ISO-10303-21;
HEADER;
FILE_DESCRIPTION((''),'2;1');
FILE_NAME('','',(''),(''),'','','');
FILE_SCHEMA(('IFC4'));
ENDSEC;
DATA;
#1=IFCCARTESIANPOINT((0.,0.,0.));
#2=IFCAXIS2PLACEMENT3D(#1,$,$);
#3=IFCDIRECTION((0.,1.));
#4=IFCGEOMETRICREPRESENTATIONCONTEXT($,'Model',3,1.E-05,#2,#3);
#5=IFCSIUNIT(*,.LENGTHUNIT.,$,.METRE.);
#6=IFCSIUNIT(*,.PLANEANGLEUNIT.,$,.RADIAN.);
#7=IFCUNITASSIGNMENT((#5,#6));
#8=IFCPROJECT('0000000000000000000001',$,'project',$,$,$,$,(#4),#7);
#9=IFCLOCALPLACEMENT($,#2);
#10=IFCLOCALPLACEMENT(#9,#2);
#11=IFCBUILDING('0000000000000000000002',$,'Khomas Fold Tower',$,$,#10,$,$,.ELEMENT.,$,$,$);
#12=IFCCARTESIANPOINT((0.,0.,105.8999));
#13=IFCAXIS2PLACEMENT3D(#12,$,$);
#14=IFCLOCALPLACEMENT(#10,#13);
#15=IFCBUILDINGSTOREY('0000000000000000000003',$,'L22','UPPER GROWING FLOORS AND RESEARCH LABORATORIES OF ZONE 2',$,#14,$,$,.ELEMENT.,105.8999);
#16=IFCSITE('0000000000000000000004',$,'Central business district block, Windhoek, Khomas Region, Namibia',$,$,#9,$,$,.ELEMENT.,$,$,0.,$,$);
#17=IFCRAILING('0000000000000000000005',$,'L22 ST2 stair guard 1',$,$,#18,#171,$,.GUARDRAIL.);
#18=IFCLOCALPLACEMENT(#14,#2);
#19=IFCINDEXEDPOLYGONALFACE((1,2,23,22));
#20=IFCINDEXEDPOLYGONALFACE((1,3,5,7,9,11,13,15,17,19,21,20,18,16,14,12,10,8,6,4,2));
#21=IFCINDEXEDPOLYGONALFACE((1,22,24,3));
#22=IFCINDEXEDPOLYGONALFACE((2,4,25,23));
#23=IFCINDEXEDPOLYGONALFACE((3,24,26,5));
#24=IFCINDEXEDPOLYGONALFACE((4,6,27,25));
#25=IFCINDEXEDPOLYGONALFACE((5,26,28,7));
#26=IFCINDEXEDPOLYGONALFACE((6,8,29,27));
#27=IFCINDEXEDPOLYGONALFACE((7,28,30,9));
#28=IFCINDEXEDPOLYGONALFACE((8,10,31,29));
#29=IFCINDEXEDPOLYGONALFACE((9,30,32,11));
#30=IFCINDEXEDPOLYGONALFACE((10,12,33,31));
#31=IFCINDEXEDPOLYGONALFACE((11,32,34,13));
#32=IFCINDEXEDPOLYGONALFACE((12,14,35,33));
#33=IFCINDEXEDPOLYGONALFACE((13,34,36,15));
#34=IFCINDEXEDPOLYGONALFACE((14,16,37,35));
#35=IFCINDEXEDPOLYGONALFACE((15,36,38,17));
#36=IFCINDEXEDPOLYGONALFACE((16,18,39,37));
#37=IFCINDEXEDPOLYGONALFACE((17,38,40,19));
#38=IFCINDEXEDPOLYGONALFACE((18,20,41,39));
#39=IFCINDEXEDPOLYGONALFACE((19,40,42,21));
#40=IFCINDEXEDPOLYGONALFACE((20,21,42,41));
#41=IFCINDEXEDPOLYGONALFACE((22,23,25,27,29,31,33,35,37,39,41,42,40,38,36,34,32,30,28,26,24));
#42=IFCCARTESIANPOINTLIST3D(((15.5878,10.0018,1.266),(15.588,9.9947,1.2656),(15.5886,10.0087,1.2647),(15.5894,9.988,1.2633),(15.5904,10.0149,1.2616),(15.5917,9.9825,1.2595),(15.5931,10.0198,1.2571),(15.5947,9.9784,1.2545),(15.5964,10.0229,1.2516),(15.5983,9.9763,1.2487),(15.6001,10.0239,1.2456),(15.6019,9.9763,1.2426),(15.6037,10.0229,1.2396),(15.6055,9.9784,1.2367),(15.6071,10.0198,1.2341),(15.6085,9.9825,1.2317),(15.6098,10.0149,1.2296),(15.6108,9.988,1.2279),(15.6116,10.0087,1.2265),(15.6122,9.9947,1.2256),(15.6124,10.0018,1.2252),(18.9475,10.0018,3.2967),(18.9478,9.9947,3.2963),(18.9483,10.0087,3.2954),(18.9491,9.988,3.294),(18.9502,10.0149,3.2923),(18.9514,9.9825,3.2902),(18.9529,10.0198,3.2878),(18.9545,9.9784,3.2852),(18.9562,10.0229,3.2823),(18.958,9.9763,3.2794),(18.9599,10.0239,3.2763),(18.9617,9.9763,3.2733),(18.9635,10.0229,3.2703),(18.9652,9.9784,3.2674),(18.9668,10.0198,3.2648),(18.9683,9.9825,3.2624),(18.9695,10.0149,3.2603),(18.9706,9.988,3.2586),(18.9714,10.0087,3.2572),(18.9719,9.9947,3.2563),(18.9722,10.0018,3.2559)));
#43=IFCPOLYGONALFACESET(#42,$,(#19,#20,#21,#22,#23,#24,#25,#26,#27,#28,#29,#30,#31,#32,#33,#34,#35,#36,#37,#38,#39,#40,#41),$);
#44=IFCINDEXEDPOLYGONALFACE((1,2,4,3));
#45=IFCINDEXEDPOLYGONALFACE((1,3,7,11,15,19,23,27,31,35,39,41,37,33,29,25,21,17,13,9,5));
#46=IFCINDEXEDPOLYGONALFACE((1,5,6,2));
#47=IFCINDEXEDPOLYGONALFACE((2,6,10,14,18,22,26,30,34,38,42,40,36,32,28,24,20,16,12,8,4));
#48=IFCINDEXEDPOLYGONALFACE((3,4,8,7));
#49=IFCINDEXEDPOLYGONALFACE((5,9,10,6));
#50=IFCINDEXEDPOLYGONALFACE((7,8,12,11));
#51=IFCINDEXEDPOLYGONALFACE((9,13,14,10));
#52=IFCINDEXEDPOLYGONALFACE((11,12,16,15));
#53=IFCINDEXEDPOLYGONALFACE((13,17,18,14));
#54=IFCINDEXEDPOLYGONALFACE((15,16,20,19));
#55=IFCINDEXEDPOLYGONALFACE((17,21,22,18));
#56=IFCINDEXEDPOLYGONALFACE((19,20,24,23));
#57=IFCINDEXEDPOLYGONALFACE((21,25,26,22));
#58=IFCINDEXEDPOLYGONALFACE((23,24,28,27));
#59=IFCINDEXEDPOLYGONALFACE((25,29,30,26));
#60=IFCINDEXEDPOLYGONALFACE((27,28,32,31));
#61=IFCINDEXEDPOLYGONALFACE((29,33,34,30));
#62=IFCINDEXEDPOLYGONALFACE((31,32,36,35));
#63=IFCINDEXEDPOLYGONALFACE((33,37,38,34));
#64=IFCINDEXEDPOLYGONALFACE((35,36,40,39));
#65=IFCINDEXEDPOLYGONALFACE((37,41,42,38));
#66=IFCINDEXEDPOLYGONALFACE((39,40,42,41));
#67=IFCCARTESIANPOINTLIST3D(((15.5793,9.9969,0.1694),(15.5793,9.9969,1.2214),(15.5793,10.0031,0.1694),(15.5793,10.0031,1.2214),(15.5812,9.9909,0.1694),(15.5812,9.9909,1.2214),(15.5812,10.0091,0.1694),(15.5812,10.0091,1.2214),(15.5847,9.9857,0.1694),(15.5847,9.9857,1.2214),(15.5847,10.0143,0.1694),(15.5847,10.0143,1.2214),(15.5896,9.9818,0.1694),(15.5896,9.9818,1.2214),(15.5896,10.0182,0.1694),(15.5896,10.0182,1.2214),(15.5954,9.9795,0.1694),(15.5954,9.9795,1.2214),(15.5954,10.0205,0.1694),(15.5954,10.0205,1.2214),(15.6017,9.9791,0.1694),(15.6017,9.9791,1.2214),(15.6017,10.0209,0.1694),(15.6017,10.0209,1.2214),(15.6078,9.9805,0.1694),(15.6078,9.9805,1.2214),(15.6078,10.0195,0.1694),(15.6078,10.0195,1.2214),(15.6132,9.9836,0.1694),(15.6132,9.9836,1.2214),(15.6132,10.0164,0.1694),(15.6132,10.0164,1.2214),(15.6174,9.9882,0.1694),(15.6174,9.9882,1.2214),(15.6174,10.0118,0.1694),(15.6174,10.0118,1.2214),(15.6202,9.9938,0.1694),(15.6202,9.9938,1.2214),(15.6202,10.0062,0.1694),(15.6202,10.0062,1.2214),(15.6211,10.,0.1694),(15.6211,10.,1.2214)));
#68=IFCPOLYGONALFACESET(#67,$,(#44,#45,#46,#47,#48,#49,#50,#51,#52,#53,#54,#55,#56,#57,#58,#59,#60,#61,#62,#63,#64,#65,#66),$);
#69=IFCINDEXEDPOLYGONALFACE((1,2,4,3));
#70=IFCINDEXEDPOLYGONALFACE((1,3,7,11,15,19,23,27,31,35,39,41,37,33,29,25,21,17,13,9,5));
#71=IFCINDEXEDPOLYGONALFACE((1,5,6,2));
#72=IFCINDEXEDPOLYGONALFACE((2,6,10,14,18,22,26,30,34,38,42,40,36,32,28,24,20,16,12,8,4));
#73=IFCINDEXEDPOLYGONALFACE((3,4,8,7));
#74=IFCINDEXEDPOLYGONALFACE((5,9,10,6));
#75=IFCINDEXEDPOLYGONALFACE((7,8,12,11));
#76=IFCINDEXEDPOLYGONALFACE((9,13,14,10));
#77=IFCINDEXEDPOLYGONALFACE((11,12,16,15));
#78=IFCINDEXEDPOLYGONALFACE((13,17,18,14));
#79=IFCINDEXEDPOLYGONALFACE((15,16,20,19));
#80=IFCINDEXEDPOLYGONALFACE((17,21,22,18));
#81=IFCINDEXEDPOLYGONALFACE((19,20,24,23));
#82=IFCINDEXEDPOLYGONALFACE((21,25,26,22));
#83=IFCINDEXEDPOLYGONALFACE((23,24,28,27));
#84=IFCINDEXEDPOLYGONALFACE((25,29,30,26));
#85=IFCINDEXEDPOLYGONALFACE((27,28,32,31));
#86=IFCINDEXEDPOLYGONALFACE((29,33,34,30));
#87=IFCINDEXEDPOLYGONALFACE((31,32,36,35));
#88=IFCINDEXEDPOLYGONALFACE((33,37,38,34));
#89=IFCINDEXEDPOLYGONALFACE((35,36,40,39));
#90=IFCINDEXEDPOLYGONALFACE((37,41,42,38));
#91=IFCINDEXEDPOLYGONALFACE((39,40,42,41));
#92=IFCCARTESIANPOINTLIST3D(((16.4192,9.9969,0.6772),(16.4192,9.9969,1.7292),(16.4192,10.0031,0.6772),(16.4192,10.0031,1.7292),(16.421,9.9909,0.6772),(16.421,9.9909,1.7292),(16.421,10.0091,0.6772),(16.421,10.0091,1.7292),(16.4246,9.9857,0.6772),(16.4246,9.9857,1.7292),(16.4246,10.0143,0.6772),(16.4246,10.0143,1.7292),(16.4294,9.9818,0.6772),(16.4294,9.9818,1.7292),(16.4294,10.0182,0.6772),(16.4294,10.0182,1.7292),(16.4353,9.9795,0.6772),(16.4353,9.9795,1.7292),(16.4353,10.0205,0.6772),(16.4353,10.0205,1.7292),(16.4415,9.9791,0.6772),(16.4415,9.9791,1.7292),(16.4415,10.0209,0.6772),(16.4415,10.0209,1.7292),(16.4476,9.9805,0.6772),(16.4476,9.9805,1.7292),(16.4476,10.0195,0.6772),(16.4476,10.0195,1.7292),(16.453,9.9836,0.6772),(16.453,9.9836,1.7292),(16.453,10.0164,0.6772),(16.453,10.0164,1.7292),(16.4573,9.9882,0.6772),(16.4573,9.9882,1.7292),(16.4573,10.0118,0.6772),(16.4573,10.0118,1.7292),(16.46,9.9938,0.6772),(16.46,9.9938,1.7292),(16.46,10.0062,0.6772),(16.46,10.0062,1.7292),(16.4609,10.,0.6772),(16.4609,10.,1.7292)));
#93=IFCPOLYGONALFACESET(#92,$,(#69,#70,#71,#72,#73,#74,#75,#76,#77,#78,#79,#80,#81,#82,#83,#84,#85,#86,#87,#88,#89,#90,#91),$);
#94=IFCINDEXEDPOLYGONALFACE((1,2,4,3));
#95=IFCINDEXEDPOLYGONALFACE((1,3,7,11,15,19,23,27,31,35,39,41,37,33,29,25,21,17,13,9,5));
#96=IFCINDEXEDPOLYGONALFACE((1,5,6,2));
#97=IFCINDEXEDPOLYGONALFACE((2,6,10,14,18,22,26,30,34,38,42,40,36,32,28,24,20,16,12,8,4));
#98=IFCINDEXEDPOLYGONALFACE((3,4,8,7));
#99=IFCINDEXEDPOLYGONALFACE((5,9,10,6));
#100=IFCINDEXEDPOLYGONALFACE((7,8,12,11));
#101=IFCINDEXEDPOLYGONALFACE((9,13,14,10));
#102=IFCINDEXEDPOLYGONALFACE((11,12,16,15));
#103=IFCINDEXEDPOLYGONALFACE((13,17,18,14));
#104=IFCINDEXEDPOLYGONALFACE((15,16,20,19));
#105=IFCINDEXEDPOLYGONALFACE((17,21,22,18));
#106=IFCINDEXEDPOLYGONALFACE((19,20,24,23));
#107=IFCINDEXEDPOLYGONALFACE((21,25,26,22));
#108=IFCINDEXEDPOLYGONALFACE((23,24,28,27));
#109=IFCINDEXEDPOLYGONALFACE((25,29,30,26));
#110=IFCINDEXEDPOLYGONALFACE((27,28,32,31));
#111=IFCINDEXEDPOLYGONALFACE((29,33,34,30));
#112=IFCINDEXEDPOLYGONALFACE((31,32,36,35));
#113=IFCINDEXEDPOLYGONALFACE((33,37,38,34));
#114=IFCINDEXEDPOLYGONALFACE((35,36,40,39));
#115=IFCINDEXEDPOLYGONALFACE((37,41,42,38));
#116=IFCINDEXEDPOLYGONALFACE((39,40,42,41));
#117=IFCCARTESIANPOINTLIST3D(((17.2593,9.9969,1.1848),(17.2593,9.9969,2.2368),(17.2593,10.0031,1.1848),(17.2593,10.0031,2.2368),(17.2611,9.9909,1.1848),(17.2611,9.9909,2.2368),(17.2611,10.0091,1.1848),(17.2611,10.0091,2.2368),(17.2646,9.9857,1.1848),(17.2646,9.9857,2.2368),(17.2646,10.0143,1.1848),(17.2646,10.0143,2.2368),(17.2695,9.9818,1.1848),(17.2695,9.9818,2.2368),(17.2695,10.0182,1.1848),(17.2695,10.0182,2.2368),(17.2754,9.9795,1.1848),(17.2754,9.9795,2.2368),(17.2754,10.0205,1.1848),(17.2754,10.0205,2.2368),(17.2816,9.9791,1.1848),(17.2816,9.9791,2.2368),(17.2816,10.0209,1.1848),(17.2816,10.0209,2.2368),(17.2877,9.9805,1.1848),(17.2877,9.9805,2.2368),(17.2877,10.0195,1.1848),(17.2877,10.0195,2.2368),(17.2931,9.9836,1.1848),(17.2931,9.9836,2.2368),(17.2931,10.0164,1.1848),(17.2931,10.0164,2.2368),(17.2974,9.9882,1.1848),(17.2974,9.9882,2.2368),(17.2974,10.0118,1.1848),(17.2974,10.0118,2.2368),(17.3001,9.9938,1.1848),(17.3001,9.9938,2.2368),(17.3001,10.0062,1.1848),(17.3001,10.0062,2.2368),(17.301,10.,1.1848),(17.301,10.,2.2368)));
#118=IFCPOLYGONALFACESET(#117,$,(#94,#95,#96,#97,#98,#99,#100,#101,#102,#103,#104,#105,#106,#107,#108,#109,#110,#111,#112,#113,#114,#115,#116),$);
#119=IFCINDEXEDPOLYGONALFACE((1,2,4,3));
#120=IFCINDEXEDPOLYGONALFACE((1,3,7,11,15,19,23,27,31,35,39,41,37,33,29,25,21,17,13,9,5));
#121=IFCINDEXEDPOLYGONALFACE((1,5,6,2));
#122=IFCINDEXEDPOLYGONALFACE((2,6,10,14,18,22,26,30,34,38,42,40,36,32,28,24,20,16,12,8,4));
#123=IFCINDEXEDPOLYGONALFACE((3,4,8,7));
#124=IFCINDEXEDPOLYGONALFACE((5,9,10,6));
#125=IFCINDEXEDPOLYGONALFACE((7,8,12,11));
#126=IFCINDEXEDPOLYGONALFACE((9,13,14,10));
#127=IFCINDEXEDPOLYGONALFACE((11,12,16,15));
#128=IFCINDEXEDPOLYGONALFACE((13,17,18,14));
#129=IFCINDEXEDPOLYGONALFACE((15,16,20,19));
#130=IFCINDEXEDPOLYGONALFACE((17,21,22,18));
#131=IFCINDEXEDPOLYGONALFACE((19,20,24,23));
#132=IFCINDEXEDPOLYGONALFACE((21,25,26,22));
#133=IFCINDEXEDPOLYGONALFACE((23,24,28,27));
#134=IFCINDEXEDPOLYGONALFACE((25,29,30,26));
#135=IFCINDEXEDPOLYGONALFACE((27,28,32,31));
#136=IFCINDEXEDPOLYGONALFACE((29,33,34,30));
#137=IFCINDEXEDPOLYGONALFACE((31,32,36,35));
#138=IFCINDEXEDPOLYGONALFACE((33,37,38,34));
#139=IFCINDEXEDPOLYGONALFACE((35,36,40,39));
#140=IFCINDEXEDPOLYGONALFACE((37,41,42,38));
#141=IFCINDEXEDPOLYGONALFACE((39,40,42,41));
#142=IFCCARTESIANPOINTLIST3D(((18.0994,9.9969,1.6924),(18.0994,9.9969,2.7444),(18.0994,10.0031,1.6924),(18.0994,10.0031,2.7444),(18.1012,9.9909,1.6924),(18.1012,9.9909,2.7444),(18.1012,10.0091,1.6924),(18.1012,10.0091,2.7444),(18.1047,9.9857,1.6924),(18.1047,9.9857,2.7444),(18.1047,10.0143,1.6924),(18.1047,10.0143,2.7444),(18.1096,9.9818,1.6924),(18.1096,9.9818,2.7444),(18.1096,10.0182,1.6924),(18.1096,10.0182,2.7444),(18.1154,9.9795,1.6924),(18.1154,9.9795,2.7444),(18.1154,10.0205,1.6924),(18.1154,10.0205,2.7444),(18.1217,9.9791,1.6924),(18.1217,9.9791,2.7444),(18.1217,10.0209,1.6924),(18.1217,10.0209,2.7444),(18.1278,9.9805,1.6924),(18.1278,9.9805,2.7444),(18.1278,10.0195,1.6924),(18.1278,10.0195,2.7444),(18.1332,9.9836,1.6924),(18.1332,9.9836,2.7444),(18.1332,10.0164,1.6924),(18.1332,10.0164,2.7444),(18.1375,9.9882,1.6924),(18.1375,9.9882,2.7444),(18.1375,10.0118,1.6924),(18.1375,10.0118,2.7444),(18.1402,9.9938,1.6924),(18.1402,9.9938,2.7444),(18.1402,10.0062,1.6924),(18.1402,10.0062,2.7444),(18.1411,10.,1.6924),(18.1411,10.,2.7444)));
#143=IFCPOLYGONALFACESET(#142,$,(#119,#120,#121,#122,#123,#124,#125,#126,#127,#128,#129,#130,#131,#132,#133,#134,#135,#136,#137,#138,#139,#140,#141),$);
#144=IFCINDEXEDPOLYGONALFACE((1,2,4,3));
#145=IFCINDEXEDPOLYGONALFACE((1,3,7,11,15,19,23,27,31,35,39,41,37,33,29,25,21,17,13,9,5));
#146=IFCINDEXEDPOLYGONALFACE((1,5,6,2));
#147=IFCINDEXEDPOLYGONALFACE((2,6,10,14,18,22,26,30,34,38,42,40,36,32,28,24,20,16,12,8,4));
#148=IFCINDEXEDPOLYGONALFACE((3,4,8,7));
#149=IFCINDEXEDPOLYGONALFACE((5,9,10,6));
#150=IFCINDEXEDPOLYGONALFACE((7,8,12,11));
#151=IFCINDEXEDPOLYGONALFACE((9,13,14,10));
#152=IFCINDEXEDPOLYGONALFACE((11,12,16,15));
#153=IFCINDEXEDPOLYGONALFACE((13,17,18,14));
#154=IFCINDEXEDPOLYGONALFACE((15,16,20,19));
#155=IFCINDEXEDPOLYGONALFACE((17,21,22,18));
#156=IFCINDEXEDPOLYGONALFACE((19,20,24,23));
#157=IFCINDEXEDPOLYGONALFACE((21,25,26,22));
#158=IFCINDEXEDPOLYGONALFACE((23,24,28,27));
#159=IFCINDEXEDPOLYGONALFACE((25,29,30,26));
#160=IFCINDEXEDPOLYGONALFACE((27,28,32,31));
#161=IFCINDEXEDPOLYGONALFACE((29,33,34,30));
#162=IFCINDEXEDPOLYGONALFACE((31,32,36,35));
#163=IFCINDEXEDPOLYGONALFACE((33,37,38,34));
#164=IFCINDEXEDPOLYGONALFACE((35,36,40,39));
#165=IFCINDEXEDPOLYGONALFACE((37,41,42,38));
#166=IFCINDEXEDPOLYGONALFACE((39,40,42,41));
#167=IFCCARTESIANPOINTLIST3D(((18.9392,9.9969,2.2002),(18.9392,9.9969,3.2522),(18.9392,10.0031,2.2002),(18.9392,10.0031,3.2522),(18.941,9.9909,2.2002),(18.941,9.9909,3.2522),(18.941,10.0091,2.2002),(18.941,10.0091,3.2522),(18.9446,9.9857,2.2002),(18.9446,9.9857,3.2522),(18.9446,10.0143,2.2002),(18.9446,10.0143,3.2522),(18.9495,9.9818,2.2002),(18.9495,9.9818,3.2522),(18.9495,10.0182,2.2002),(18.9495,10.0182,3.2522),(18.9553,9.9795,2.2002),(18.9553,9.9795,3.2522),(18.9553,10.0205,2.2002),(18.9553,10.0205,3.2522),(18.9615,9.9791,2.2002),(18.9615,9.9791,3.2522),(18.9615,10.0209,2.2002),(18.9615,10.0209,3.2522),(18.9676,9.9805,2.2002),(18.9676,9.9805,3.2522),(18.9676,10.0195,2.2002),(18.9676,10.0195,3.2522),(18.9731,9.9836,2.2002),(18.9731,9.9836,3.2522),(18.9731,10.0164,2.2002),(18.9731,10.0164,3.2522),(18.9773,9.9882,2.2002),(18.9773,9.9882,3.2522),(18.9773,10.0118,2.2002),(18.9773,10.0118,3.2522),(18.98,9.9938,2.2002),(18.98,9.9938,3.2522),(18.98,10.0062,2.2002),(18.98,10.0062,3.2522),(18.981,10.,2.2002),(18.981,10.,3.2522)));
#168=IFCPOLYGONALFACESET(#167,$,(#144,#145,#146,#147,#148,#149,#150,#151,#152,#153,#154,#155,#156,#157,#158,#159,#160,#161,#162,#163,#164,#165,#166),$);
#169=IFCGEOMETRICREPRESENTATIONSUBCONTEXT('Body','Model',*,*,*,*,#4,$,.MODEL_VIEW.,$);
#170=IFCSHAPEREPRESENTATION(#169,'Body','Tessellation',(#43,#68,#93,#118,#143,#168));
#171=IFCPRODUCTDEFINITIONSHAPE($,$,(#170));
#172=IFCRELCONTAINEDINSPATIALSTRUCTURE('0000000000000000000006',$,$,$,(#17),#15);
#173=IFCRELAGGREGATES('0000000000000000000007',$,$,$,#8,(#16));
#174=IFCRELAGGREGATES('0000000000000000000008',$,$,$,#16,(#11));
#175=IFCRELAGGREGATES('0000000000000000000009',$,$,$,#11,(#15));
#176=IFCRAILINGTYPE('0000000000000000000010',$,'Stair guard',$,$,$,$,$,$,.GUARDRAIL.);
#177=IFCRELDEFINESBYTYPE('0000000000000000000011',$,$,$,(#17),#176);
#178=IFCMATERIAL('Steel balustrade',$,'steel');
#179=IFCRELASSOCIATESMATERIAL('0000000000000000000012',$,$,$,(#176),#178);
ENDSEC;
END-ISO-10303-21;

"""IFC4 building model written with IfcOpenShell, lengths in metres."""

from ifc_helpers import new_model, si_unit, direction, frame, origin, origin_2d, place, context, subcontext, project, spatial, circle, extrude, source, transform, mapped, material, type_object, element, save


model = new_model("IFC4")

# Units and contexts
model_context = context("Model", 3, precision=1e-05, world=origin(), true_north=direction((0.0, 1.0)))
body_context = subcontext(model_context, "Body", "Model", "MODEL_VIEW")
ifc_project = project(units=[si_unit("LENGTHUNIT", "METRE"), si_unit("PLANEANGLEUNIT", "RADIAN")], contexts=[model_context])

# Site, building, storey
site_placement = place(None, origin())
site = spatial("IfcSite", under=ifc_project, at=site_placement, Name="Central business district block, Windhoek, Khomas Region, Namibia", CompositionType="ELEMENT", RefElevation=0.0)
building_placement = place(site_placement, origin())
building = spatial("IfcBuilding", under=site, at=building_placement, Name="Khomas Fold Tower", CompositionType="ELEMENT")
storey_placement = place(building_placement, frame((0.0, 0.0, 105.8999)))
storey = spatial("IfcBuildingStorey", under=building, at=storey_placement, Name="L22", Description="UPPER GROWING FLOORS AND RESEARCH LABORATORIES OF ZONE 2", CompositionType="ELEMENT", Elevation=105.8999)

# Railing
ifc_material_1 = material(Name="Steel balustrade", Category="steel")
railing_type_1 = type_object("IfcRailingType", Name="Stair guard", PredefinedType="GUARDRAIL", material=ifc_material_1)
shared_shape_1 = source(origin(), body_context, "Body", "SweptSolid", [
    extrude(circle(Radius=0.0239, at=origin_2d()), frame((0.0, 0.0, 1.0762), z_axis=(0.85582, 0.0, 0.517273), x_axis=(0.0, 1.0, 0.0)), (0.0, 0.0, 1.0), 3.9258),
    extrude(circle(Radius=0.021, at=origin_2d()), origin(), (0.0, 0.0, 1.0), 1.052),
    extrude(circle(Radius=0.021, at=origin_2d()), frame((0.8398, 0.0, 0.5078)), (0.0, 0.0, 1.0), 1.052),
    extrude(circle(Radius=0.021, at=origin_2d()), frame((1.6799, 0.0, 1.0154)), (0.0, 0.0, 1.0), 1.052),
    extrude(circle(Radius=0.021, at=origin_2d()), frame((2.52, 0.0, 1.5229)), (0.0, 0.0, 1.0), 1.052),
    extrude(circle(Radius=0.021, at=origin_2d()), frame((3.3599, 0.0, 2.0308)), (0.0, 0.0, 1.0), 1.052),
])
railing_1_placement = place(storey_placement, frame((15.6001, 10.0, 0.1694)))
element("IfcRailing", 1, at=railing_1_placement, inside=storey, type_object=railing_type_1, Name="L22 ST2 stair guard 1", PredefinedType="GUARDRAIL", context=body_context, shape_type="MappedRepresentation", body=[
    mapped(shared_shape_1, transform((0.0, 0.0, 0.0))),
])

save(model, "model.ifc")
